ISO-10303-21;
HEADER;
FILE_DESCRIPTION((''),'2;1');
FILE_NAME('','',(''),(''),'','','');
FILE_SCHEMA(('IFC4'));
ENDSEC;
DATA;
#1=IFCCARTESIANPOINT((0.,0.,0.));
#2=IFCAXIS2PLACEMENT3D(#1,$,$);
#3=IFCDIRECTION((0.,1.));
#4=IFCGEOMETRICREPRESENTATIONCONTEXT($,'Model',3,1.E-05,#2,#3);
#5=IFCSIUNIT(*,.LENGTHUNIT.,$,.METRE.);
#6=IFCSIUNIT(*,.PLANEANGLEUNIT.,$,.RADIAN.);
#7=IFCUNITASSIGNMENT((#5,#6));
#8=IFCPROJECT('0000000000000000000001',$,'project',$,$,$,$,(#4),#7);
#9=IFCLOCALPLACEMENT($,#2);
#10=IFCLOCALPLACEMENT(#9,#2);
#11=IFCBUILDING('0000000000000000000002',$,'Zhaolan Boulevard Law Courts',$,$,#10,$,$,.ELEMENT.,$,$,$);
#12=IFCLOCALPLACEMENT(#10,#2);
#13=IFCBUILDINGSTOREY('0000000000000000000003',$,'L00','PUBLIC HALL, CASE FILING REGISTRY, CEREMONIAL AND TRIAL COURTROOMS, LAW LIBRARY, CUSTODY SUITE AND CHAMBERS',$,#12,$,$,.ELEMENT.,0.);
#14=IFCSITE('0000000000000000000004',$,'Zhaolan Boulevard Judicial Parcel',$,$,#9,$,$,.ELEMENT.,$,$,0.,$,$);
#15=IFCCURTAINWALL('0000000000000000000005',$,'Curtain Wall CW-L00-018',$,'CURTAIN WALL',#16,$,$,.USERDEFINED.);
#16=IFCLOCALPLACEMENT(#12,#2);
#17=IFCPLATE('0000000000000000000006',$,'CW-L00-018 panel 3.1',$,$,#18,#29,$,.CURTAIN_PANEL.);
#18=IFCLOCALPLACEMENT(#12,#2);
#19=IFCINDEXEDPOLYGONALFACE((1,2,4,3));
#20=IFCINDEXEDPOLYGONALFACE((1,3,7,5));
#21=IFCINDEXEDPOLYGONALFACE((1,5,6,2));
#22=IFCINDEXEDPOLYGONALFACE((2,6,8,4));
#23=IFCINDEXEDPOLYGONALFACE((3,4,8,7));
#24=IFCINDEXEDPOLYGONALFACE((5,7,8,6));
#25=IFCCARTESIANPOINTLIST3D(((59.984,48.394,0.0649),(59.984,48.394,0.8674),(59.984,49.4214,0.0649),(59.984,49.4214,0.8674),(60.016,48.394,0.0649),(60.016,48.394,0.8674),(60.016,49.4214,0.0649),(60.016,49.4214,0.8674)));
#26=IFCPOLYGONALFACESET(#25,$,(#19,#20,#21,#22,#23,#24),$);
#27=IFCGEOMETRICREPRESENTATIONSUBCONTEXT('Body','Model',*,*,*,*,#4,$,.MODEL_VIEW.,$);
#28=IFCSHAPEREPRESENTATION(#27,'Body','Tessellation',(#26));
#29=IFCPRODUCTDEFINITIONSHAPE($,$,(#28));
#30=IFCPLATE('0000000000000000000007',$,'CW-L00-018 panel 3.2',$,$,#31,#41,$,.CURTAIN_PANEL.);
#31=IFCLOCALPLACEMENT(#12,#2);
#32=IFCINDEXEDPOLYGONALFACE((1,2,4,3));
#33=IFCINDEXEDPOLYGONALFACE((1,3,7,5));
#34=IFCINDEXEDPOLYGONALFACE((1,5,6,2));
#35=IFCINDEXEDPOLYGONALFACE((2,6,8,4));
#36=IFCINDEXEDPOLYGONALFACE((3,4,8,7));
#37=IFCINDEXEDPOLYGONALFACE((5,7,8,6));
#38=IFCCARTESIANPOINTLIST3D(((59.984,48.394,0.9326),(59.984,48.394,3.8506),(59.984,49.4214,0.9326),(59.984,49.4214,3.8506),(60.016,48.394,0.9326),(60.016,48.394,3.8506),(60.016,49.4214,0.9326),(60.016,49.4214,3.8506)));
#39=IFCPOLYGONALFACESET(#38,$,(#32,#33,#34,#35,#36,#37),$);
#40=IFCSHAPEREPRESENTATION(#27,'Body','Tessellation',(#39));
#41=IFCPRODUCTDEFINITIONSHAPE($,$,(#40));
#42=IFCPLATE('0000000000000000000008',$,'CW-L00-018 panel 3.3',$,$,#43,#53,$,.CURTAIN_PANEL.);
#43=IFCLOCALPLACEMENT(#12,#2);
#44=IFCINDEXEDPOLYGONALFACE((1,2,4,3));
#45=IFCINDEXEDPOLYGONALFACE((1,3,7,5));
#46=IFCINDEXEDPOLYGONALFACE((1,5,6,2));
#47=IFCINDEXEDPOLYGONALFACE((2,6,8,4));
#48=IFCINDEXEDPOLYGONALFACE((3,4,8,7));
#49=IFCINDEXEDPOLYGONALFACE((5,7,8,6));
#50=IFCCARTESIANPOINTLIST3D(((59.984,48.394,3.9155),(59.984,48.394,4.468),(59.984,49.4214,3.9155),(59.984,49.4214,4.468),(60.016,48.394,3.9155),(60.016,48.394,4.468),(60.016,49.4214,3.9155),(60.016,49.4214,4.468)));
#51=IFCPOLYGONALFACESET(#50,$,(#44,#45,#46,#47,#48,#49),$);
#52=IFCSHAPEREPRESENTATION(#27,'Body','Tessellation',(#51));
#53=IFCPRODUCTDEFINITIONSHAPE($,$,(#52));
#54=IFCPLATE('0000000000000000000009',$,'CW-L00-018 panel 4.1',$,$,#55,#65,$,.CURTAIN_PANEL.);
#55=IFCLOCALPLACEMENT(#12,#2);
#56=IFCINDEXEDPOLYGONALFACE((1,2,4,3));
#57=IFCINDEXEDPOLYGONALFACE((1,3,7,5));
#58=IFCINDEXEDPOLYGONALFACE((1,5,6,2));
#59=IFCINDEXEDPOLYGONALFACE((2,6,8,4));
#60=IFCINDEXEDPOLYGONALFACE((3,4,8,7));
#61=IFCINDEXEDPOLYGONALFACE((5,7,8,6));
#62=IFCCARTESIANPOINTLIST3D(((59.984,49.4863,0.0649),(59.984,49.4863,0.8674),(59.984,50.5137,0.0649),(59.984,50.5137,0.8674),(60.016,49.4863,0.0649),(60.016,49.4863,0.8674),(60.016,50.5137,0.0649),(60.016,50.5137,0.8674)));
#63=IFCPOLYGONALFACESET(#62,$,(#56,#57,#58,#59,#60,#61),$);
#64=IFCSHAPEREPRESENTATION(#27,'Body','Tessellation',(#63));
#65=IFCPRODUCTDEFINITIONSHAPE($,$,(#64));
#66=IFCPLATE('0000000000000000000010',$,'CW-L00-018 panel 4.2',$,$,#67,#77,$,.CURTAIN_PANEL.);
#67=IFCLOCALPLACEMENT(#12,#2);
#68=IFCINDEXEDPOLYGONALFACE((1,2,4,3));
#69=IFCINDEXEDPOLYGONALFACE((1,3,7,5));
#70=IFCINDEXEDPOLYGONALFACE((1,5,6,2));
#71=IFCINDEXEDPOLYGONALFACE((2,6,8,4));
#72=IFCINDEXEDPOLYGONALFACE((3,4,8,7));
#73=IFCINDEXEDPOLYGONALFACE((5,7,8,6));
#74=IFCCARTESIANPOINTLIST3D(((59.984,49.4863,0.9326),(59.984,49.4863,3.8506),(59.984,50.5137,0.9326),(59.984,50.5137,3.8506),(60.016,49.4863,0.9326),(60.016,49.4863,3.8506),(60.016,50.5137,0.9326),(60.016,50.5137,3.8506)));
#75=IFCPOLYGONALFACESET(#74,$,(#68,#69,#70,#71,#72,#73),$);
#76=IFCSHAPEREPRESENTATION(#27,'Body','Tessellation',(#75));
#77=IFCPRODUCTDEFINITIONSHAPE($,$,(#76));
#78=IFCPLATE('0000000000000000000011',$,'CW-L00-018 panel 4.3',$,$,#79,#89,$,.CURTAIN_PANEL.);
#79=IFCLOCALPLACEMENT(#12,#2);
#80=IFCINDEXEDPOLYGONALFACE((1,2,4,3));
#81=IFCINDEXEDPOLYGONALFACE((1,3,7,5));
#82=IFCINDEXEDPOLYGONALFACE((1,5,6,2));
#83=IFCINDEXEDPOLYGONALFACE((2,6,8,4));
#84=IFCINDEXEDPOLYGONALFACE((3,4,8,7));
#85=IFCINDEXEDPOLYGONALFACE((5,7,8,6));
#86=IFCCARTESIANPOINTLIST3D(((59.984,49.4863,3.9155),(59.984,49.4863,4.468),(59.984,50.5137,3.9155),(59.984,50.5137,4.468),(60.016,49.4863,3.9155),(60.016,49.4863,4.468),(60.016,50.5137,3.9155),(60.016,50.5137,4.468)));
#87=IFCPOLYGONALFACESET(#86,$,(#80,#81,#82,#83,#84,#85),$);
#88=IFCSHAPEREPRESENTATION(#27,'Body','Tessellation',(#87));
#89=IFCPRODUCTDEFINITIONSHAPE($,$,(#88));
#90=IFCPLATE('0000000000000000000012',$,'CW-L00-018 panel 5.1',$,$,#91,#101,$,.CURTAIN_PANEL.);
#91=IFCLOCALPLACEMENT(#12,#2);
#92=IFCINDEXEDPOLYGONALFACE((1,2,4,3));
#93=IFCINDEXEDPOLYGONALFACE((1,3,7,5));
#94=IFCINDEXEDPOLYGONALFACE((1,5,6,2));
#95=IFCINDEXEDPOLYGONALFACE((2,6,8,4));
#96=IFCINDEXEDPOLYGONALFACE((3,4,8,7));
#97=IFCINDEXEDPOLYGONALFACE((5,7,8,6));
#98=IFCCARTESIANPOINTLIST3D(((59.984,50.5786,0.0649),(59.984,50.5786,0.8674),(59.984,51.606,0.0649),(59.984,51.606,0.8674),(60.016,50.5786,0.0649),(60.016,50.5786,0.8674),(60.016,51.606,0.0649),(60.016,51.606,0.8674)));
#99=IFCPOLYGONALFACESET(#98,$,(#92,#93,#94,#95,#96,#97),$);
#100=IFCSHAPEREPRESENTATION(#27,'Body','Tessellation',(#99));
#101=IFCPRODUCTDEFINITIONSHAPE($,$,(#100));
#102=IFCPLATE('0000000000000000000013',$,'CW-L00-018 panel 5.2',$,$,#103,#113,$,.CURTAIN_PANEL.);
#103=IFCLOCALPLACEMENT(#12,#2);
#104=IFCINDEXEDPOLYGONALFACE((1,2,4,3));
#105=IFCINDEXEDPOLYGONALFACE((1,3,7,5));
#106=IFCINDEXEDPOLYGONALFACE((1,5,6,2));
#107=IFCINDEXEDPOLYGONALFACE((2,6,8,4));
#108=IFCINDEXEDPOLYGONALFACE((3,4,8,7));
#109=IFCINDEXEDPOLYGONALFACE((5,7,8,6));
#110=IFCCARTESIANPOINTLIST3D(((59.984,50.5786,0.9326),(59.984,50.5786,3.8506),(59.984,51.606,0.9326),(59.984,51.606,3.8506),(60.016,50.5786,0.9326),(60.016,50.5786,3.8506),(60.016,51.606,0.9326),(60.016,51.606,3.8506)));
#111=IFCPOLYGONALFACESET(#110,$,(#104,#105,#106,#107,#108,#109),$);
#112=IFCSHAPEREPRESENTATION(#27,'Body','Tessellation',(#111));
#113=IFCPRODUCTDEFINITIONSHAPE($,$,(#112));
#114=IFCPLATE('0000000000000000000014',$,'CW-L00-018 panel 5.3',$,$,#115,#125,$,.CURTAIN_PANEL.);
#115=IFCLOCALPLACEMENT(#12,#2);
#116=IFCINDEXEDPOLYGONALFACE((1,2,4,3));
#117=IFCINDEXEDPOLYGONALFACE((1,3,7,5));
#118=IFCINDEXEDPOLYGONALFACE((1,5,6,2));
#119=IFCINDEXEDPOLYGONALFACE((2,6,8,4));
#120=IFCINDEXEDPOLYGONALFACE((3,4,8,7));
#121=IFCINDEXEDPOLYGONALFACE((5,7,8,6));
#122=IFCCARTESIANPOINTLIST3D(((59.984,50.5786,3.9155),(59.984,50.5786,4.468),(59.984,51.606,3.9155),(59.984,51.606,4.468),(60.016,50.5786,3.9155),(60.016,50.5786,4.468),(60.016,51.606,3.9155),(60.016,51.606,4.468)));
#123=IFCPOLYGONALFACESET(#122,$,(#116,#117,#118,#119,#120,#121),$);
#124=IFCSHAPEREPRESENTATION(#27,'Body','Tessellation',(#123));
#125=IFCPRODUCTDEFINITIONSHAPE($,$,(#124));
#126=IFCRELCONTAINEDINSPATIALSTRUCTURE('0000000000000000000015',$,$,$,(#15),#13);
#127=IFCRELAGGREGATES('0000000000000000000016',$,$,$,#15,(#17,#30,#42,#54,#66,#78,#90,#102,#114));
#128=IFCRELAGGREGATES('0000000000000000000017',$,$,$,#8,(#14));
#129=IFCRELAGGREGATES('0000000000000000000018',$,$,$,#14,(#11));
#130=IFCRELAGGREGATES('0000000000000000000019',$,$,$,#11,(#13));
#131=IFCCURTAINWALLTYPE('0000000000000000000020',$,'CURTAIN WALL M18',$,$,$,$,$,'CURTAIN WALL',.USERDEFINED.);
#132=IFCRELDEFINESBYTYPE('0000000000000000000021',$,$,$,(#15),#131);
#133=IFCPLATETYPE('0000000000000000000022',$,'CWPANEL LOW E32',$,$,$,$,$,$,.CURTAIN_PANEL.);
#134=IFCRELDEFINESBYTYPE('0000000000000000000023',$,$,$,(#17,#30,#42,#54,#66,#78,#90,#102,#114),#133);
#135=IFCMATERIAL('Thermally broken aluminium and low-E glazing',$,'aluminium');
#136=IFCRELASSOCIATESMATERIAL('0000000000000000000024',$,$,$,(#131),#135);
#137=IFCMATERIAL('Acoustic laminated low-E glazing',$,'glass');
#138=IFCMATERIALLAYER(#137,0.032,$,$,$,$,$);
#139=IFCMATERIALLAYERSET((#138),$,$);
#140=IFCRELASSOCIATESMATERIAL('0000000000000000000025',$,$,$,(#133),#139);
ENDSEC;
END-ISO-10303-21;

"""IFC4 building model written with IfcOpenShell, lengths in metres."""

from ifc_helpers import new_model, si_unit, direction, frame, origin, origin_2d, place, context, subcontext, project, spatial, rectangle, extrude, material, layer, layer_set, type_object, element, aggregate, save


model = new_model("IFC4")

# Units and contexts
model_context = context("Model", 3, precision=1e-05, world=origin(), true_north=direction((0.0, 1.0)))
body_context = subcontext(model_context, "Body", "Model", "MODEL_VIEW")
ifc_project = project(units=[si_unit("LENGTHUNIT", "METRE"), si_unit("PLANEANGLEUNIT", "RADIAN")], contexts=[model_context])

# Site, building, storey
site_placement = place(None, origin())
site = spatial("IfcSite", under=ifc_project, at=site_placement, Name="Zhaolan Boulevard Judicial Parcel", CompositionType="ELEMENT", RefElevation=0.0)
building_placement = place(site_placement, origin())
building = spatial("IfcBuilding", under=site, at=building_placement, Name="Zhaolan Boulevard Law Courts", CompositionType="ELEMENT")
storey_placement = place(building_placement, origin())
storey = spatial("IfcBuildingStorey", under=building, at=storey_placement, Name="L00", Description="PUBLIC HALL, CASE FILING REGISTRY, CEREMONIAL AND TRIAL COURTROOMS, LAW LIBRARY, CUSTODY SUITE AND CHAMBERS", CompositionType="ELEMENT", Elevation=0.0)

# Curtain wall, plates
ifc_material_1 = material(Name="Thermally broken aluminium and low-E glazing", Category="aluminium")
curtain_wall_type = type_object("IfcCurtainWallType", Name="CURTAIN WALL M18", ElementType="CURTAIN WALL", PredefinedType="USERDEFINED", material=ifc_material_1)
curtain_wall_placement = place(storey_placement, origin())
curtain_wall = element("IfcCurtainWall", 1, at=curtain_wall_placement, inside=storey, type_object=curtain_wall_type, Name="Curtain Wall CW-L00-018", ObjectType="CURTAIN WALL", PredefinedType="USERDEFINED")
ifc_material_2 = material(Name="Acoustic laminated low-E glazing", Category="glass")
ifc_layer = layer(ifc_material_2, 0.032)
ifc_layer_set = layer_set([ifc_layer])
plate_type = type_object("IfcPlateType", Name="CWPANEL LOW E32", PredefinedType="CURTAIN_PANEL", material=ifc_layer_set)
plate_1_placement = place(storey_placement, frame((60.0, 48.9077, 0.0649), z_axis=(0.0, 0.0, 1.0), x_axis=(0.0, 1.0, 0.0)))
plate_1 = element("IfcPlate", 2, at=plate_1_placement, type_object=plate_type, Name="CW-L00-018 panel 3.1", PredefinedType="CURTAIN_PANEL", context=body_context, shape_type="SweptSolid", body=[
    extrude(rectangle(XDim=1.0273, YDim=0.032, at=origin_2d()), origin(), (0.0, 0.0, 1.0), 0.8025),
])
plate_2_placement = place(storey_placement, frame((60.0, 48.9077, 0.9326), z_axis=(0.0, 0.0, 1.0), x_axis=(0.0, 1.0, 0.0)))
plate_2 = element("IfcPlate", 3, at=plate_2_placement, type_object=plate_type, Name="CW-L00-018 panel 3.2", PredefinedType="CURTAIN_PANEL", context=body_context, shape_type="SweptSolid", body=[
    extrude(rectangle(XDim=1.0273, YDim=0.032, at=origin_2d()), origin(), (0.0, 0.0, 1.0), 2.918),
])
plate_3_placement = place(storey_placement, frame((60.0, 48.9077, 3.9155), z_axis=(0.0, 0.0, 1.0), x_axis=(0.0, 1.0, 0.0)))
plate_3 = element("IfcPlate", 4, at=plate_3_placement, type_object=plate_type, Name="CW-L00-018 panel 3.3", PredefinedType="CURTAIN_PANEL", context=body_context, shape_type="SweptSolid", body=[
    extrude(rectangle(XDim=1.0273, YDim=0.032, at=origin_2d()), origin(), (0.0, 0.0, 1.0), 0.5525),
])
plate_4_placement = place(storey_placement, frame((60.0, 50.0, 0.0649), z_axis=(0.0, 0.0, 1.0), x_axis=(0.0, 1.0, 0.0)))
plate_4 = element("IfcPlate", 5, at=plate_4_placement, type_object=plate_type, Name="CW-L00-018 panel 4.1", PredefinedType="CURTAIN_PANEL", context=body_context, shape_type="SweptSolid", body=[
    extrude(rectangle(XDim=1.0273, YDim=0.032, at=origin_2d()), origin(), (0.0, 0.0, 1.0), 0.8025),
])
plate_5_placement = place(storey_placement, frame((60.0, 50.0, 0.9326), z_axis=(0.0, 0.0, 1.0), x_axis=(0.0, 1.0, 0.0)))
plate_5 = element("IfcPlate", 6, at=plate_5_placement, type_object=plate_type, Name="CW-L00-018 panel 4.2", PredefinedType="CURTAIN_PANEL", context=body_context, shape_type="SweptSolid", body=[
    extrude(rectangle(XDim=1.0273, YDim=0.032, at=origin_2d()), origin(), (0.0, 0.0, 1.0), 2.918),
])
plate_6_placement = place(storey_placement, frame((60.0, 50.0, 3.9155), z_axis=(0.0, 0.0, 1.0), x_axis=(0.0, 1.0, 0.0)))
plate_6 = element("IfcPlate", 7, at=plate_6_placement, type_object=plate_type, Name="CW-L00-018 panel 4.3", PredefinedType="CURTAIN_PANEL", context=body_context, shape_type="SweptSolid", body=[
    extrude(rectangle(XDim=1.0273, YDim=0.032, at=origin_2d()), origin(), (0.0, 0.0, 1.0), 0.5525),
])
plate_7_placement = place(storey_placement, frame((60.0, 51.0923, 0.0649), z_axis=(0.0, 0.0, 1.0), x_axis=(0.0, 1.0, 0.0)))
plate_7 = element("IfcPlate", 8, at=plate_7_placement, type_object=plate_type, Name="CW-L00-018 panel 5.1", PredefinedType="CURTAIN_PANEL", context=body_context, shape_type="SweptSolid", body=[
    extrude(rectangle(XDim=1.0273, YDim=0.032, at=origin_2d()), origin(), (0.0, 0.0, 1.0), 0.8025),
])
plate_8_placement = place(storey_placement, frame((60.0, 51.0923, 0.9326), z_axis=(0.0, 0.0, 1.0), x_axis=(0.0, 1.0, 0.0)))
plate_8 = element("IfcPlate", 9, at=plate_8_placement, type_object=plate_type, Name="CW-L00-018 panel 5.2", PredefinedType="CURTAIN_PANEL", context=body_context, shape_type="SweptSolid", body=[
    extrude(rectangle(XDim=1.0273, YDim=0.032, at=origin_2d()), origin(), (0.0, 0.0, 1.0), 2.918),
])
plate_9_placement = place(storey_placement, frame((60.0, 51.0923, 3.9155), z_axis=(0.0, 0.0, 1.0), x_axis=(0.0, 1.0, 0.0)))
plate_9 = element("IfcPlate", 10, at=plate_9_placement, type_object=plate_type, Name="CW-L00-018 panel 5.3", PredefinedType="CURTAIN_PANEL", context=body_context, shape_type="SweptSolid", body=[
    extrude(rectangle(XDim=1.0273, YDim=0.032, at=origin_2d()), origin(), (0.0, 0.0, 1.0), 0.5525),
])
aggregate(curtain_wall, [plate_1, plate_2, plate_3, plate_4, plate_5, plate_6, plate_7, plate_8, plate_9])

save(model, "model.ifc")
